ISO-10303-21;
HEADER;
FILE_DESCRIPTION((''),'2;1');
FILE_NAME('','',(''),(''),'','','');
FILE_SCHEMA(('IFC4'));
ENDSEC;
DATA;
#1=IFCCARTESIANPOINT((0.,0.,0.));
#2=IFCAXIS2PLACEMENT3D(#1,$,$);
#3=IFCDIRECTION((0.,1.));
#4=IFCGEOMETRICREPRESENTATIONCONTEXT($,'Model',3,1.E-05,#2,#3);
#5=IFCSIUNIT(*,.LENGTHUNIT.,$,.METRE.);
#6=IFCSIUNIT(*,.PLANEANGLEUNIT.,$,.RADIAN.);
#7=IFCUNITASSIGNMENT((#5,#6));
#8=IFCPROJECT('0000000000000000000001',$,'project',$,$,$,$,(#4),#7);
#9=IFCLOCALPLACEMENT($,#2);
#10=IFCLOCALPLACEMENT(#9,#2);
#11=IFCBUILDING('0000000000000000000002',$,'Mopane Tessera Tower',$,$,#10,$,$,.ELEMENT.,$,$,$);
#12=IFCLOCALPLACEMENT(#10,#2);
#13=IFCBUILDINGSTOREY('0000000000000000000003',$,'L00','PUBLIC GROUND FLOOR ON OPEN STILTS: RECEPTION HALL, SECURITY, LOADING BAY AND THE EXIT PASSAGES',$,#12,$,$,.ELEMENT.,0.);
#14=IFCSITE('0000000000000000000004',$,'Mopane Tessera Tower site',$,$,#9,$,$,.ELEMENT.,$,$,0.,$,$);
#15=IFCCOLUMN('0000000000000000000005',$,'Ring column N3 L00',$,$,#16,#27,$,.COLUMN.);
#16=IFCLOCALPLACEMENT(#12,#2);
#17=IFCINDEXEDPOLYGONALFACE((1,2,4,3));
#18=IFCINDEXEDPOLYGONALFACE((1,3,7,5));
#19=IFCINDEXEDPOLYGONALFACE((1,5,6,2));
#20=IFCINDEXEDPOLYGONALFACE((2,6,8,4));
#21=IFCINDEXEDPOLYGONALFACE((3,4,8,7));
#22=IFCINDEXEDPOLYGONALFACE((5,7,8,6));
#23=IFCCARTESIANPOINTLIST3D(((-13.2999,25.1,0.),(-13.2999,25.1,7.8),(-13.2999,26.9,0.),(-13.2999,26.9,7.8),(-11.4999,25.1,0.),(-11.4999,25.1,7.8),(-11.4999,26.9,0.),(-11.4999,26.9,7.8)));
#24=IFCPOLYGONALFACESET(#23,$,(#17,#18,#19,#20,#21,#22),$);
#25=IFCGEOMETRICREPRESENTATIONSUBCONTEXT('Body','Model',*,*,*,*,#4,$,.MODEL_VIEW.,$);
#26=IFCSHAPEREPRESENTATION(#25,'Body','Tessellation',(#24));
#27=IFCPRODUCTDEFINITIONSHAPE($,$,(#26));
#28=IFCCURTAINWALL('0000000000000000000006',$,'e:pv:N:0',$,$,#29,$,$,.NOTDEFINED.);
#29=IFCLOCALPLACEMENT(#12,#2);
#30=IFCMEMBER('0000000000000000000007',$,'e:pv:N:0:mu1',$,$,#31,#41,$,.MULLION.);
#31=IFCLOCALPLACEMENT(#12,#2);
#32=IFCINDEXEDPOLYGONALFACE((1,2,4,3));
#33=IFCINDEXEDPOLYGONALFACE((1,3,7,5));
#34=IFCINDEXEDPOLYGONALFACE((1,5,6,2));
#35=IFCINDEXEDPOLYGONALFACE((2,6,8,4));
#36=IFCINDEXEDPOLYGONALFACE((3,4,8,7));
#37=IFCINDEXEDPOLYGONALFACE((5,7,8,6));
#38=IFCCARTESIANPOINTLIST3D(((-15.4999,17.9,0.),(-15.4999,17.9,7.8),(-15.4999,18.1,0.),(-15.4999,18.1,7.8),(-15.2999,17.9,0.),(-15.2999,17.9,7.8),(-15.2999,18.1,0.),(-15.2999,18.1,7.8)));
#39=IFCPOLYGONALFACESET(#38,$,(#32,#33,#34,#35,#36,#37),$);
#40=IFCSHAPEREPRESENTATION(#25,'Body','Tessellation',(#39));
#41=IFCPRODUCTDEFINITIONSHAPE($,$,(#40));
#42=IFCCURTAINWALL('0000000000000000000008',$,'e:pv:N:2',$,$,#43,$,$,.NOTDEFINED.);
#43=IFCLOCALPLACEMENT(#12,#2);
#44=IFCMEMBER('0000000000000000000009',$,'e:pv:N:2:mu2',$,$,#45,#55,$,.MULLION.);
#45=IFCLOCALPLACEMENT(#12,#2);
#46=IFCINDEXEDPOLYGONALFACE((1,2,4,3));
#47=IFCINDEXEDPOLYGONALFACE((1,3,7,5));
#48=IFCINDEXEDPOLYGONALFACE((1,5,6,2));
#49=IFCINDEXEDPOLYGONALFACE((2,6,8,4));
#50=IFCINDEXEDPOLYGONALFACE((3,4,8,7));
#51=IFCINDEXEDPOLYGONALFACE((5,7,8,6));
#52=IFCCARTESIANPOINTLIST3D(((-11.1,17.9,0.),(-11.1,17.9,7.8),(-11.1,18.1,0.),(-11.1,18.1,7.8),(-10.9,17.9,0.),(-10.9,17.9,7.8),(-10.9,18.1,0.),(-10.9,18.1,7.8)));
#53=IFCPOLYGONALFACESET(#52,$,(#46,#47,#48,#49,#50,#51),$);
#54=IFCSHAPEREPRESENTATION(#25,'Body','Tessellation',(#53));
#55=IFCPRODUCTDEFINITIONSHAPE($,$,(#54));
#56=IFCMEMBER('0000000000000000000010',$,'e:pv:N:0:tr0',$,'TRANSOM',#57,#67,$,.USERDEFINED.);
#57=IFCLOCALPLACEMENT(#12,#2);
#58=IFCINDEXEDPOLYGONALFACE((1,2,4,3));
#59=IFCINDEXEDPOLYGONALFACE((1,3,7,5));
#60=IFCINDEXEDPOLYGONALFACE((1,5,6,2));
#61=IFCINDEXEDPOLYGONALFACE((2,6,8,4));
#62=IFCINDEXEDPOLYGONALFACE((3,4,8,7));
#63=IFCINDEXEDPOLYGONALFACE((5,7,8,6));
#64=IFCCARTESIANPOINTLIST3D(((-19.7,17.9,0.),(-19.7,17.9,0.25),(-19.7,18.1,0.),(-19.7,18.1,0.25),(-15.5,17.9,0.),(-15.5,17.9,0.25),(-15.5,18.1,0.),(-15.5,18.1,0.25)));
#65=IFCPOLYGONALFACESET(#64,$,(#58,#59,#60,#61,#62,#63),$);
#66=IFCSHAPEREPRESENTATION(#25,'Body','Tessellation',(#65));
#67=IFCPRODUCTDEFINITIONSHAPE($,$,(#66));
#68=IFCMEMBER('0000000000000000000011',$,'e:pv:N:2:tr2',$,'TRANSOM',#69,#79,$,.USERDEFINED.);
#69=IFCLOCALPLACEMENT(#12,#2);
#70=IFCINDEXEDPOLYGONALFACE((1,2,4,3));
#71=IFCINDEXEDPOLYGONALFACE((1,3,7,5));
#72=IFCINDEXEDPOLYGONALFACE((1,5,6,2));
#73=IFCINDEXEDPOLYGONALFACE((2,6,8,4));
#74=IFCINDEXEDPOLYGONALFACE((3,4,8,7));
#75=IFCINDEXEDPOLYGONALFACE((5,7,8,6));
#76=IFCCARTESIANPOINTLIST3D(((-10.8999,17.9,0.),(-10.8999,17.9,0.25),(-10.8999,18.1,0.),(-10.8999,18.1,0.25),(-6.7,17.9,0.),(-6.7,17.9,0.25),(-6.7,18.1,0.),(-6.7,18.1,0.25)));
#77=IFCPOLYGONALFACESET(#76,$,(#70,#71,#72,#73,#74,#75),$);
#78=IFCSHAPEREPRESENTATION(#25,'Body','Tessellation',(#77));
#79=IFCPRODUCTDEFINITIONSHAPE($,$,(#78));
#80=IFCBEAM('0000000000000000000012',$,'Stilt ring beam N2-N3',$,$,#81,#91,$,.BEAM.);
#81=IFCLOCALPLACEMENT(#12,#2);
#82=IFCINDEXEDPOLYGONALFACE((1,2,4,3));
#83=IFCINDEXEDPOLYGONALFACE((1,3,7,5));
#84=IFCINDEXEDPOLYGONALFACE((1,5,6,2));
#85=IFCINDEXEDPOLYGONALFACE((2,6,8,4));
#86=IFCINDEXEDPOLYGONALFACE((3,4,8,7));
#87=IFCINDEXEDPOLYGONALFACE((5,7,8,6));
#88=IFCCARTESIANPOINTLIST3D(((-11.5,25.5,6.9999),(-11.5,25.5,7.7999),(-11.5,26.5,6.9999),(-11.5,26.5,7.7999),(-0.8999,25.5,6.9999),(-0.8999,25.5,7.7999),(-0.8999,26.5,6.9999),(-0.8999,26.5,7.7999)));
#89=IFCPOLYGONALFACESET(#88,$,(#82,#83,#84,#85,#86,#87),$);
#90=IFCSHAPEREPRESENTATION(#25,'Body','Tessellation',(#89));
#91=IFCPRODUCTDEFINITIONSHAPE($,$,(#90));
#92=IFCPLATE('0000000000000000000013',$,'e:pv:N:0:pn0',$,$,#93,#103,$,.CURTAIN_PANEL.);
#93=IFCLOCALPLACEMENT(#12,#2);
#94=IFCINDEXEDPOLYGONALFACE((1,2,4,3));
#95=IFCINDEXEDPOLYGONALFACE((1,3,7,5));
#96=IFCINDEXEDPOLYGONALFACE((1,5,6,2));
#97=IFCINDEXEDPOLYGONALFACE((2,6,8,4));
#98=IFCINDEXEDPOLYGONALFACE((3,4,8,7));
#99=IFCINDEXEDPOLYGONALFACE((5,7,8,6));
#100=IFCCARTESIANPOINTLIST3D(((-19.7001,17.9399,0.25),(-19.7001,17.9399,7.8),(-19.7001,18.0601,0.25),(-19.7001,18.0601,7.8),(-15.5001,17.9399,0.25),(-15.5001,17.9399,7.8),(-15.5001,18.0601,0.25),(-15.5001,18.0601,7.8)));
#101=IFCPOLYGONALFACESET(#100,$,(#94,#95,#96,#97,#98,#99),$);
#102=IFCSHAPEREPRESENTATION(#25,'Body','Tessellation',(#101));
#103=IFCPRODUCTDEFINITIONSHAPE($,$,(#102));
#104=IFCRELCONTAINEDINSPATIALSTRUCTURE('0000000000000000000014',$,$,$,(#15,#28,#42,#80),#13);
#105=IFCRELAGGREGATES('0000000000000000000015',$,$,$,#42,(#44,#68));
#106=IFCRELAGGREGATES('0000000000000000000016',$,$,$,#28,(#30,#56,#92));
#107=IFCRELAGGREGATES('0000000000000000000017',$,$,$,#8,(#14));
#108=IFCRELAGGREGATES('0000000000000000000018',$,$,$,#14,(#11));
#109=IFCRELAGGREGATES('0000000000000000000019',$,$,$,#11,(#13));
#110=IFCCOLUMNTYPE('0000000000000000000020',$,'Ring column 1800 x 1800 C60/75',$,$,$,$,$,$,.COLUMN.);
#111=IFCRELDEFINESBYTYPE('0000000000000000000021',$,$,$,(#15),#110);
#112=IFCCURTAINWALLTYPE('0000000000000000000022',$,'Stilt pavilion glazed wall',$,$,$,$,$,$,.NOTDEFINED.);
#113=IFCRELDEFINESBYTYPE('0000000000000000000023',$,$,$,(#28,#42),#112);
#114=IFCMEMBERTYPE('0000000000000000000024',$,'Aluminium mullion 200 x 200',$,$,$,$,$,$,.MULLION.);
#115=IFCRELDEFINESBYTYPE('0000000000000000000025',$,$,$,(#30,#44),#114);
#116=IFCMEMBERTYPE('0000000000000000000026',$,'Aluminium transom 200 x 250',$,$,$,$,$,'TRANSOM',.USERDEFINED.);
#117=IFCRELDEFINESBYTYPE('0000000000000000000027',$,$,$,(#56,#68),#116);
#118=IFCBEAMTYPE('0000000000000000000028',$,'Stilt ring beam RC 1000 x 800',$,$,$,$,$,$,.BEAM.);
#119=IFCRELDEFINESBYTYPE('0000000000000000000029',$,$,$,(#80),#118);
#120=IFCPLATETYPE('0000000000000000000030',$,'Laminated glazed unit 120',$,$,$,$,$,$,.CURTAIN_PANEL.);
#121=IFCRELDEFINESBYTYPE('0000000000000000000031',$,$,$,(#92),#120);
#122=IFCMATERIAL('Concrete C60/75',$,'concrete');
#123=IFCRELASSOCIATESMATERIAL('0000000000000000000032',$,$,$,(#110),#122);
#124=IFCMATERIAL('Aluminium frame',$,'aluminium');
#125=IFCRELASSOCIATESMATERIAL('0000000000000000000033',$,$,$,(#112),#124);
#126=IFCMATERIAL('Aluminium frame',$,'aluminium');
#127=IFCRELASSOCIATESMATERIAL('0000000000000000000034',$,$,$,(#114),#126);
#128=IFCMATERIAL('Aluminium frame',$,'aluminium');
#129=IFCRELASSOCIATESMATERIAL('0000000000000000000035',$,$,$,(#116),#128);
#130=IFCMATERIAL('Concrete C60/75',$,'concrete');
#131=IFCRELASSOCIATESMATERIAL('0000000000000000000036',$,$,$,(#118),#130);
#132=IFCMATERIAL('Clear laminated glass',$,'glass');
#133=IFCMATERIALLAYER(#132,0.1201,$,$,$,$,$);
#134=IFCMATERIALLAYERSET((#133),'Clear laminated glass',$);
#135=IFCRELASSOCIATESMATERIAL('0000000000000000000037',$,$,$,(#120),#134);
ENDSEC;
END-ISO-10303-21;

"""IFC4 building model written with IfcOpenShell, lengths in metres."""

from ifc_helpers import new_model, si_unit, direction, frame, origin, origin_2d, place, context, subcontext, project, spatial, rectangle, extrude, material, layer, layer_set, material_profile, profile_set, type_object, element, aggregate, save


model = new_model("IFC4")

# Units and contexts
model_context = context("Model", 3, precision=1e-05, world=origin(), true_north=direction((0.0, 1.0)))
body_context = subcontext(model_context, "Body", "Model", "MODEL_VIEW")
ifc_project = project(units=[si_unit("LENGTHUNIT", "METRE"), si_unit("PLANEANGLEUNIT", "RADIAN")], contexts=[model_context])

# Site, building, storey
site_placement = place(None, origin())
site = spatial("IfcSite", under=ifc_project, at=site_placement, Name="Mopane Tessera Tower site", CompositionType="ELEMENT", RefElevation=0.0)
building_placement = place(site_placement, origin())
building = spatial("IfcBuilding", under=site, at=building_placement, Name="Mopane Tessera Tower", CompositionType="ELEMENT")
storey_placement = place(building_placement, origin())
storey = spatial("IfcBuildingStorey", under=building, at=storey_placement, Name="L00", Description="PUBLIC GROUND FLOOR ON OPEN STILTS: RECEPTION HALL, SECURITY, LOADING BAY AND THE EXIT PASSAGES", CompositionType="ELEMENT", Elevation=0.0)

# Column
ifc_material_1 = material(Name="Concrete C60/75", Category="concrete")
ifc_material_profile_1 = material_profile(ifc_material_1, rectangle(XDim=1.8, YDim=1.8, at=origin_2d()))
ifc_profile_set_1 = profile_set([ifc_material_profile_1], Name="Concrete C60/75")
column_type = type_object("IfcColumnType", Name="Ring column 1800 x 1800 C60/75", PredefinedType="COLUMN", material=ifc_profile_set_1)
column_placement = place(storey_placement, frame((-12.3999, 26.0, 0.0), z_axis=(0.0, 0.0, 1.0), x_axis=(1.0, 0.0, 0.0)))
element("IfcColumn", 1, at=column_placement, inside=storey, type_object=column_type, Name="Ring column N3 L00", PredefinedType="COLUMN", context=body_context, shape_type="SweptSolid", body=[
    extrude(rectangle(XDim=1.8, YDim=1.8, at=origin_2d()), origin(), (0.0, 0.0, 1.0), 7.8),
])

# Curtain walls, members
ifc_material_2 = material(Name="Aluminium frame", Category="aluminium")
curtain_wall_type = type_object("IfcCurtainWallType", Name="Stilt pavilion glazed wall", PredefinedType="NOTDEFINED", material=ifc_material_2)
curtain_wall_1_placement = place(storey_placement, origin())
curtain_wall_1 = element("IfcCurtainWall", 2, at=curtain_wall_1_placement, inside=storey, type_object=curtain_wall_type, Name="e:pv:N:0", PredefinedType="NOTDEFINED")
ifc_material_3 = material(Name="Aluminium frame", Category="aluminium")
ifc_material_profile_2 = material_profile(ifc_material_3, rectangle(XDim=0.2, YDim=0.2, at=origin_2d()))
ifc_profile_set_2 = profile_set([ifc_material_profile_2], Name="Aluminium frame")
member_type_1 = type_object("IfcMemberType", Name="Aluminium mullion 200 x 200", PredefinedType="MULLION", material=ifc_profile_set_2)
member_1_placement = place(storey_placement, frame((-15.3999, 18.0, 0.0), z_axis=(0.0, 0.0, 1.0), x_axis=(1.0, 0.0, 0.0)))
member_1 = element("IfcMember", 3, at=member_1_placement, type_object=member_type_1, Name="e:pv:N:0:mu1", PredefinedType="MULLION", context=body_context, shape_type="SweptSolid", body=[
    extrude(rectangle(XDim=0.2, YDim=0.2, at=origin_2d()), origin(), (0.0, 0.0, 1.0), 7.8),
])
curtain_wall_2_placement = place(storey_placement, origin())
curtain_wall_2 = element("IfcCurtainWall", 4, at=curtain_wall_2_placement, inside=storey, type_object=curtain_wall_type, Name="e:pv:N:2", PredefinedType="NOTDEFINED")
member_2_placement = place(storey_placement, frame((-11.0, 18.0, 0.0), z_axis=(0.0, 0.0, 1.0), x_axis=(1.0, 0.0, 0.0)))
member_2 = element("IfcMember", 5, at=member_2_placement, type_object=member_type_1, Name="e:pv:N:2:mu2", PredefinedType="MULLION", context=body_context, shape_type="SweptSolid", body=[
    extrude(rectangle(XDim=0.2, YDim=0.2, at=origin_2d()), origin(), (0.0, 0.0, 1.0), 7.8),
])

# Members
ifc_material_4 = material(Name="Aluminium frame", Category="aluminium")
ifc_material_profile_3 = material_profile(ifc_material_4, rectangle(XDim=0.2, YDim=0.25, at=origin_2d()))
ifc_profile_set_3 = profile_set([ifc_material_profile_3], Name="Aluminium frame")
member_type_2 = type_object("IfcMemberType", Name="Aluminium transom 200 x 250", ElementType="TRANSOM", PredefinedType="USERDEFINED", material=ifc_profile_set_3)
member_3_placement = place(storey_placement, frame((-19.7, 18.0, 0.125), z_axis=(1.0, 0.0, 0.0), x_axis=(0.0, 1.0, 0.0)))
member_3 = element("IfcMember", 6, at=member_3_placement, type_object=member_type_2, Name="e:pv:N:0:tr0", ObjectType="TRANSOM", PredefinedType="USERDEFINED", context=body_context, shape_type="SweptSolid", body=[
    extrude(rectangle(XDim=0.2, YDim=0.25, at=origin_2d()), origin(), (0.0, 0.0, 1.0), 4.2),
])
member_4_placement = place(storey_placement, frame((-10.8999, 18.0, 0.125), z_axis=(1.0, 0.0, 0.0), x_axis=(0.0, 1.0, 0.0)))
member_4 = element("IfcMember", 7, at=member_4_placement, type_object=member_type_2, Name="e:pv:N:2:tr2", ObjectType="TRANSOM", PredefinedType="USERDEFINED", context=body_context, shape_type="SweptSolid", body=[
    extrude(rectangle(XDim=0.2, YDim=0.25, at=origin_2d()), origin(), (0.0, 0.0, 1.0), 4.2),
])
aggregate(curtain_wall_2, [member_2, member_4])

# Beam
ifc_material_5 = material(Name="Concrete C60/75", Category="concrete")
ifc_material_profile_4 = material_profile(ifc_material_5, rectangle(XDim=1.0, YDim=0.8, at=origin_2d()))
ifc_profile_set_4 = profile_set([ifc_material_profile_4], Name="Concrete C60/75")
beam_type = type_object("IfcBeamType", Name="Stilt ring beam RC 1000 x 800", PredefinedType="BEAM", material=ifc_profile_set_4)
beam_placement = place(storey_placement, frame((-11.5, 26.0, 7.3999), z_axis=(1.0, 0.0, 0.0), x_axis=(0.0, 1.0, 0.0)))
element("IfcBeam", 8, at=beam_placement, inside=storey, type_object=beam_type, Name="Stilt ring beam N2-N3", PredefinedType="BEAM", context=body_context, shape_type="SweptSolid", body=[
    extrude(rectangle(XDim=1.0, YDim=0.8, at=origin_2d()), origin(), (0.0, 0.0, 1.0), 10.6001),
])

# Plate
ifc_material_6 = material(Name="Clear laminated glass", Category="glass")
ifc_layer_1 = layer(ifc_material_6, 0.1201)
ifc_layer_set_1 = layer_set([ifc_layer_1], Name="Clear laminated glass")
plate_type = type_object("IfcPlateType", Name="Laminated glazed unit 120", PredefinedType="CURTAIN_PANEL", material=ifc_layer_set_1)
plate_placement = place(storey_placement, frame((-17.6001, 18.0, 0.25), z_axis=(0.0, 0.0, 1.0), x_axis=(1.0, 0.0, 0.0)))
plate = element("IfcPlate", 9, at=plate_placement, type_object=plate_type, Name="e:pv:N:0:pn0", PredefinedType="CURTAIN_PANEL", context=body_context, shape_type="SweptSolid", body=[
    extrude(rectangle(XDim=4.2, YDim=0.1201, at=origin_2d()), origin(), (0.0, 0.0, 1.0), 7.55),
])
aggregate(curtain_wall_1, [member_1, member_3, plate])

save(model, "model.ifc")
